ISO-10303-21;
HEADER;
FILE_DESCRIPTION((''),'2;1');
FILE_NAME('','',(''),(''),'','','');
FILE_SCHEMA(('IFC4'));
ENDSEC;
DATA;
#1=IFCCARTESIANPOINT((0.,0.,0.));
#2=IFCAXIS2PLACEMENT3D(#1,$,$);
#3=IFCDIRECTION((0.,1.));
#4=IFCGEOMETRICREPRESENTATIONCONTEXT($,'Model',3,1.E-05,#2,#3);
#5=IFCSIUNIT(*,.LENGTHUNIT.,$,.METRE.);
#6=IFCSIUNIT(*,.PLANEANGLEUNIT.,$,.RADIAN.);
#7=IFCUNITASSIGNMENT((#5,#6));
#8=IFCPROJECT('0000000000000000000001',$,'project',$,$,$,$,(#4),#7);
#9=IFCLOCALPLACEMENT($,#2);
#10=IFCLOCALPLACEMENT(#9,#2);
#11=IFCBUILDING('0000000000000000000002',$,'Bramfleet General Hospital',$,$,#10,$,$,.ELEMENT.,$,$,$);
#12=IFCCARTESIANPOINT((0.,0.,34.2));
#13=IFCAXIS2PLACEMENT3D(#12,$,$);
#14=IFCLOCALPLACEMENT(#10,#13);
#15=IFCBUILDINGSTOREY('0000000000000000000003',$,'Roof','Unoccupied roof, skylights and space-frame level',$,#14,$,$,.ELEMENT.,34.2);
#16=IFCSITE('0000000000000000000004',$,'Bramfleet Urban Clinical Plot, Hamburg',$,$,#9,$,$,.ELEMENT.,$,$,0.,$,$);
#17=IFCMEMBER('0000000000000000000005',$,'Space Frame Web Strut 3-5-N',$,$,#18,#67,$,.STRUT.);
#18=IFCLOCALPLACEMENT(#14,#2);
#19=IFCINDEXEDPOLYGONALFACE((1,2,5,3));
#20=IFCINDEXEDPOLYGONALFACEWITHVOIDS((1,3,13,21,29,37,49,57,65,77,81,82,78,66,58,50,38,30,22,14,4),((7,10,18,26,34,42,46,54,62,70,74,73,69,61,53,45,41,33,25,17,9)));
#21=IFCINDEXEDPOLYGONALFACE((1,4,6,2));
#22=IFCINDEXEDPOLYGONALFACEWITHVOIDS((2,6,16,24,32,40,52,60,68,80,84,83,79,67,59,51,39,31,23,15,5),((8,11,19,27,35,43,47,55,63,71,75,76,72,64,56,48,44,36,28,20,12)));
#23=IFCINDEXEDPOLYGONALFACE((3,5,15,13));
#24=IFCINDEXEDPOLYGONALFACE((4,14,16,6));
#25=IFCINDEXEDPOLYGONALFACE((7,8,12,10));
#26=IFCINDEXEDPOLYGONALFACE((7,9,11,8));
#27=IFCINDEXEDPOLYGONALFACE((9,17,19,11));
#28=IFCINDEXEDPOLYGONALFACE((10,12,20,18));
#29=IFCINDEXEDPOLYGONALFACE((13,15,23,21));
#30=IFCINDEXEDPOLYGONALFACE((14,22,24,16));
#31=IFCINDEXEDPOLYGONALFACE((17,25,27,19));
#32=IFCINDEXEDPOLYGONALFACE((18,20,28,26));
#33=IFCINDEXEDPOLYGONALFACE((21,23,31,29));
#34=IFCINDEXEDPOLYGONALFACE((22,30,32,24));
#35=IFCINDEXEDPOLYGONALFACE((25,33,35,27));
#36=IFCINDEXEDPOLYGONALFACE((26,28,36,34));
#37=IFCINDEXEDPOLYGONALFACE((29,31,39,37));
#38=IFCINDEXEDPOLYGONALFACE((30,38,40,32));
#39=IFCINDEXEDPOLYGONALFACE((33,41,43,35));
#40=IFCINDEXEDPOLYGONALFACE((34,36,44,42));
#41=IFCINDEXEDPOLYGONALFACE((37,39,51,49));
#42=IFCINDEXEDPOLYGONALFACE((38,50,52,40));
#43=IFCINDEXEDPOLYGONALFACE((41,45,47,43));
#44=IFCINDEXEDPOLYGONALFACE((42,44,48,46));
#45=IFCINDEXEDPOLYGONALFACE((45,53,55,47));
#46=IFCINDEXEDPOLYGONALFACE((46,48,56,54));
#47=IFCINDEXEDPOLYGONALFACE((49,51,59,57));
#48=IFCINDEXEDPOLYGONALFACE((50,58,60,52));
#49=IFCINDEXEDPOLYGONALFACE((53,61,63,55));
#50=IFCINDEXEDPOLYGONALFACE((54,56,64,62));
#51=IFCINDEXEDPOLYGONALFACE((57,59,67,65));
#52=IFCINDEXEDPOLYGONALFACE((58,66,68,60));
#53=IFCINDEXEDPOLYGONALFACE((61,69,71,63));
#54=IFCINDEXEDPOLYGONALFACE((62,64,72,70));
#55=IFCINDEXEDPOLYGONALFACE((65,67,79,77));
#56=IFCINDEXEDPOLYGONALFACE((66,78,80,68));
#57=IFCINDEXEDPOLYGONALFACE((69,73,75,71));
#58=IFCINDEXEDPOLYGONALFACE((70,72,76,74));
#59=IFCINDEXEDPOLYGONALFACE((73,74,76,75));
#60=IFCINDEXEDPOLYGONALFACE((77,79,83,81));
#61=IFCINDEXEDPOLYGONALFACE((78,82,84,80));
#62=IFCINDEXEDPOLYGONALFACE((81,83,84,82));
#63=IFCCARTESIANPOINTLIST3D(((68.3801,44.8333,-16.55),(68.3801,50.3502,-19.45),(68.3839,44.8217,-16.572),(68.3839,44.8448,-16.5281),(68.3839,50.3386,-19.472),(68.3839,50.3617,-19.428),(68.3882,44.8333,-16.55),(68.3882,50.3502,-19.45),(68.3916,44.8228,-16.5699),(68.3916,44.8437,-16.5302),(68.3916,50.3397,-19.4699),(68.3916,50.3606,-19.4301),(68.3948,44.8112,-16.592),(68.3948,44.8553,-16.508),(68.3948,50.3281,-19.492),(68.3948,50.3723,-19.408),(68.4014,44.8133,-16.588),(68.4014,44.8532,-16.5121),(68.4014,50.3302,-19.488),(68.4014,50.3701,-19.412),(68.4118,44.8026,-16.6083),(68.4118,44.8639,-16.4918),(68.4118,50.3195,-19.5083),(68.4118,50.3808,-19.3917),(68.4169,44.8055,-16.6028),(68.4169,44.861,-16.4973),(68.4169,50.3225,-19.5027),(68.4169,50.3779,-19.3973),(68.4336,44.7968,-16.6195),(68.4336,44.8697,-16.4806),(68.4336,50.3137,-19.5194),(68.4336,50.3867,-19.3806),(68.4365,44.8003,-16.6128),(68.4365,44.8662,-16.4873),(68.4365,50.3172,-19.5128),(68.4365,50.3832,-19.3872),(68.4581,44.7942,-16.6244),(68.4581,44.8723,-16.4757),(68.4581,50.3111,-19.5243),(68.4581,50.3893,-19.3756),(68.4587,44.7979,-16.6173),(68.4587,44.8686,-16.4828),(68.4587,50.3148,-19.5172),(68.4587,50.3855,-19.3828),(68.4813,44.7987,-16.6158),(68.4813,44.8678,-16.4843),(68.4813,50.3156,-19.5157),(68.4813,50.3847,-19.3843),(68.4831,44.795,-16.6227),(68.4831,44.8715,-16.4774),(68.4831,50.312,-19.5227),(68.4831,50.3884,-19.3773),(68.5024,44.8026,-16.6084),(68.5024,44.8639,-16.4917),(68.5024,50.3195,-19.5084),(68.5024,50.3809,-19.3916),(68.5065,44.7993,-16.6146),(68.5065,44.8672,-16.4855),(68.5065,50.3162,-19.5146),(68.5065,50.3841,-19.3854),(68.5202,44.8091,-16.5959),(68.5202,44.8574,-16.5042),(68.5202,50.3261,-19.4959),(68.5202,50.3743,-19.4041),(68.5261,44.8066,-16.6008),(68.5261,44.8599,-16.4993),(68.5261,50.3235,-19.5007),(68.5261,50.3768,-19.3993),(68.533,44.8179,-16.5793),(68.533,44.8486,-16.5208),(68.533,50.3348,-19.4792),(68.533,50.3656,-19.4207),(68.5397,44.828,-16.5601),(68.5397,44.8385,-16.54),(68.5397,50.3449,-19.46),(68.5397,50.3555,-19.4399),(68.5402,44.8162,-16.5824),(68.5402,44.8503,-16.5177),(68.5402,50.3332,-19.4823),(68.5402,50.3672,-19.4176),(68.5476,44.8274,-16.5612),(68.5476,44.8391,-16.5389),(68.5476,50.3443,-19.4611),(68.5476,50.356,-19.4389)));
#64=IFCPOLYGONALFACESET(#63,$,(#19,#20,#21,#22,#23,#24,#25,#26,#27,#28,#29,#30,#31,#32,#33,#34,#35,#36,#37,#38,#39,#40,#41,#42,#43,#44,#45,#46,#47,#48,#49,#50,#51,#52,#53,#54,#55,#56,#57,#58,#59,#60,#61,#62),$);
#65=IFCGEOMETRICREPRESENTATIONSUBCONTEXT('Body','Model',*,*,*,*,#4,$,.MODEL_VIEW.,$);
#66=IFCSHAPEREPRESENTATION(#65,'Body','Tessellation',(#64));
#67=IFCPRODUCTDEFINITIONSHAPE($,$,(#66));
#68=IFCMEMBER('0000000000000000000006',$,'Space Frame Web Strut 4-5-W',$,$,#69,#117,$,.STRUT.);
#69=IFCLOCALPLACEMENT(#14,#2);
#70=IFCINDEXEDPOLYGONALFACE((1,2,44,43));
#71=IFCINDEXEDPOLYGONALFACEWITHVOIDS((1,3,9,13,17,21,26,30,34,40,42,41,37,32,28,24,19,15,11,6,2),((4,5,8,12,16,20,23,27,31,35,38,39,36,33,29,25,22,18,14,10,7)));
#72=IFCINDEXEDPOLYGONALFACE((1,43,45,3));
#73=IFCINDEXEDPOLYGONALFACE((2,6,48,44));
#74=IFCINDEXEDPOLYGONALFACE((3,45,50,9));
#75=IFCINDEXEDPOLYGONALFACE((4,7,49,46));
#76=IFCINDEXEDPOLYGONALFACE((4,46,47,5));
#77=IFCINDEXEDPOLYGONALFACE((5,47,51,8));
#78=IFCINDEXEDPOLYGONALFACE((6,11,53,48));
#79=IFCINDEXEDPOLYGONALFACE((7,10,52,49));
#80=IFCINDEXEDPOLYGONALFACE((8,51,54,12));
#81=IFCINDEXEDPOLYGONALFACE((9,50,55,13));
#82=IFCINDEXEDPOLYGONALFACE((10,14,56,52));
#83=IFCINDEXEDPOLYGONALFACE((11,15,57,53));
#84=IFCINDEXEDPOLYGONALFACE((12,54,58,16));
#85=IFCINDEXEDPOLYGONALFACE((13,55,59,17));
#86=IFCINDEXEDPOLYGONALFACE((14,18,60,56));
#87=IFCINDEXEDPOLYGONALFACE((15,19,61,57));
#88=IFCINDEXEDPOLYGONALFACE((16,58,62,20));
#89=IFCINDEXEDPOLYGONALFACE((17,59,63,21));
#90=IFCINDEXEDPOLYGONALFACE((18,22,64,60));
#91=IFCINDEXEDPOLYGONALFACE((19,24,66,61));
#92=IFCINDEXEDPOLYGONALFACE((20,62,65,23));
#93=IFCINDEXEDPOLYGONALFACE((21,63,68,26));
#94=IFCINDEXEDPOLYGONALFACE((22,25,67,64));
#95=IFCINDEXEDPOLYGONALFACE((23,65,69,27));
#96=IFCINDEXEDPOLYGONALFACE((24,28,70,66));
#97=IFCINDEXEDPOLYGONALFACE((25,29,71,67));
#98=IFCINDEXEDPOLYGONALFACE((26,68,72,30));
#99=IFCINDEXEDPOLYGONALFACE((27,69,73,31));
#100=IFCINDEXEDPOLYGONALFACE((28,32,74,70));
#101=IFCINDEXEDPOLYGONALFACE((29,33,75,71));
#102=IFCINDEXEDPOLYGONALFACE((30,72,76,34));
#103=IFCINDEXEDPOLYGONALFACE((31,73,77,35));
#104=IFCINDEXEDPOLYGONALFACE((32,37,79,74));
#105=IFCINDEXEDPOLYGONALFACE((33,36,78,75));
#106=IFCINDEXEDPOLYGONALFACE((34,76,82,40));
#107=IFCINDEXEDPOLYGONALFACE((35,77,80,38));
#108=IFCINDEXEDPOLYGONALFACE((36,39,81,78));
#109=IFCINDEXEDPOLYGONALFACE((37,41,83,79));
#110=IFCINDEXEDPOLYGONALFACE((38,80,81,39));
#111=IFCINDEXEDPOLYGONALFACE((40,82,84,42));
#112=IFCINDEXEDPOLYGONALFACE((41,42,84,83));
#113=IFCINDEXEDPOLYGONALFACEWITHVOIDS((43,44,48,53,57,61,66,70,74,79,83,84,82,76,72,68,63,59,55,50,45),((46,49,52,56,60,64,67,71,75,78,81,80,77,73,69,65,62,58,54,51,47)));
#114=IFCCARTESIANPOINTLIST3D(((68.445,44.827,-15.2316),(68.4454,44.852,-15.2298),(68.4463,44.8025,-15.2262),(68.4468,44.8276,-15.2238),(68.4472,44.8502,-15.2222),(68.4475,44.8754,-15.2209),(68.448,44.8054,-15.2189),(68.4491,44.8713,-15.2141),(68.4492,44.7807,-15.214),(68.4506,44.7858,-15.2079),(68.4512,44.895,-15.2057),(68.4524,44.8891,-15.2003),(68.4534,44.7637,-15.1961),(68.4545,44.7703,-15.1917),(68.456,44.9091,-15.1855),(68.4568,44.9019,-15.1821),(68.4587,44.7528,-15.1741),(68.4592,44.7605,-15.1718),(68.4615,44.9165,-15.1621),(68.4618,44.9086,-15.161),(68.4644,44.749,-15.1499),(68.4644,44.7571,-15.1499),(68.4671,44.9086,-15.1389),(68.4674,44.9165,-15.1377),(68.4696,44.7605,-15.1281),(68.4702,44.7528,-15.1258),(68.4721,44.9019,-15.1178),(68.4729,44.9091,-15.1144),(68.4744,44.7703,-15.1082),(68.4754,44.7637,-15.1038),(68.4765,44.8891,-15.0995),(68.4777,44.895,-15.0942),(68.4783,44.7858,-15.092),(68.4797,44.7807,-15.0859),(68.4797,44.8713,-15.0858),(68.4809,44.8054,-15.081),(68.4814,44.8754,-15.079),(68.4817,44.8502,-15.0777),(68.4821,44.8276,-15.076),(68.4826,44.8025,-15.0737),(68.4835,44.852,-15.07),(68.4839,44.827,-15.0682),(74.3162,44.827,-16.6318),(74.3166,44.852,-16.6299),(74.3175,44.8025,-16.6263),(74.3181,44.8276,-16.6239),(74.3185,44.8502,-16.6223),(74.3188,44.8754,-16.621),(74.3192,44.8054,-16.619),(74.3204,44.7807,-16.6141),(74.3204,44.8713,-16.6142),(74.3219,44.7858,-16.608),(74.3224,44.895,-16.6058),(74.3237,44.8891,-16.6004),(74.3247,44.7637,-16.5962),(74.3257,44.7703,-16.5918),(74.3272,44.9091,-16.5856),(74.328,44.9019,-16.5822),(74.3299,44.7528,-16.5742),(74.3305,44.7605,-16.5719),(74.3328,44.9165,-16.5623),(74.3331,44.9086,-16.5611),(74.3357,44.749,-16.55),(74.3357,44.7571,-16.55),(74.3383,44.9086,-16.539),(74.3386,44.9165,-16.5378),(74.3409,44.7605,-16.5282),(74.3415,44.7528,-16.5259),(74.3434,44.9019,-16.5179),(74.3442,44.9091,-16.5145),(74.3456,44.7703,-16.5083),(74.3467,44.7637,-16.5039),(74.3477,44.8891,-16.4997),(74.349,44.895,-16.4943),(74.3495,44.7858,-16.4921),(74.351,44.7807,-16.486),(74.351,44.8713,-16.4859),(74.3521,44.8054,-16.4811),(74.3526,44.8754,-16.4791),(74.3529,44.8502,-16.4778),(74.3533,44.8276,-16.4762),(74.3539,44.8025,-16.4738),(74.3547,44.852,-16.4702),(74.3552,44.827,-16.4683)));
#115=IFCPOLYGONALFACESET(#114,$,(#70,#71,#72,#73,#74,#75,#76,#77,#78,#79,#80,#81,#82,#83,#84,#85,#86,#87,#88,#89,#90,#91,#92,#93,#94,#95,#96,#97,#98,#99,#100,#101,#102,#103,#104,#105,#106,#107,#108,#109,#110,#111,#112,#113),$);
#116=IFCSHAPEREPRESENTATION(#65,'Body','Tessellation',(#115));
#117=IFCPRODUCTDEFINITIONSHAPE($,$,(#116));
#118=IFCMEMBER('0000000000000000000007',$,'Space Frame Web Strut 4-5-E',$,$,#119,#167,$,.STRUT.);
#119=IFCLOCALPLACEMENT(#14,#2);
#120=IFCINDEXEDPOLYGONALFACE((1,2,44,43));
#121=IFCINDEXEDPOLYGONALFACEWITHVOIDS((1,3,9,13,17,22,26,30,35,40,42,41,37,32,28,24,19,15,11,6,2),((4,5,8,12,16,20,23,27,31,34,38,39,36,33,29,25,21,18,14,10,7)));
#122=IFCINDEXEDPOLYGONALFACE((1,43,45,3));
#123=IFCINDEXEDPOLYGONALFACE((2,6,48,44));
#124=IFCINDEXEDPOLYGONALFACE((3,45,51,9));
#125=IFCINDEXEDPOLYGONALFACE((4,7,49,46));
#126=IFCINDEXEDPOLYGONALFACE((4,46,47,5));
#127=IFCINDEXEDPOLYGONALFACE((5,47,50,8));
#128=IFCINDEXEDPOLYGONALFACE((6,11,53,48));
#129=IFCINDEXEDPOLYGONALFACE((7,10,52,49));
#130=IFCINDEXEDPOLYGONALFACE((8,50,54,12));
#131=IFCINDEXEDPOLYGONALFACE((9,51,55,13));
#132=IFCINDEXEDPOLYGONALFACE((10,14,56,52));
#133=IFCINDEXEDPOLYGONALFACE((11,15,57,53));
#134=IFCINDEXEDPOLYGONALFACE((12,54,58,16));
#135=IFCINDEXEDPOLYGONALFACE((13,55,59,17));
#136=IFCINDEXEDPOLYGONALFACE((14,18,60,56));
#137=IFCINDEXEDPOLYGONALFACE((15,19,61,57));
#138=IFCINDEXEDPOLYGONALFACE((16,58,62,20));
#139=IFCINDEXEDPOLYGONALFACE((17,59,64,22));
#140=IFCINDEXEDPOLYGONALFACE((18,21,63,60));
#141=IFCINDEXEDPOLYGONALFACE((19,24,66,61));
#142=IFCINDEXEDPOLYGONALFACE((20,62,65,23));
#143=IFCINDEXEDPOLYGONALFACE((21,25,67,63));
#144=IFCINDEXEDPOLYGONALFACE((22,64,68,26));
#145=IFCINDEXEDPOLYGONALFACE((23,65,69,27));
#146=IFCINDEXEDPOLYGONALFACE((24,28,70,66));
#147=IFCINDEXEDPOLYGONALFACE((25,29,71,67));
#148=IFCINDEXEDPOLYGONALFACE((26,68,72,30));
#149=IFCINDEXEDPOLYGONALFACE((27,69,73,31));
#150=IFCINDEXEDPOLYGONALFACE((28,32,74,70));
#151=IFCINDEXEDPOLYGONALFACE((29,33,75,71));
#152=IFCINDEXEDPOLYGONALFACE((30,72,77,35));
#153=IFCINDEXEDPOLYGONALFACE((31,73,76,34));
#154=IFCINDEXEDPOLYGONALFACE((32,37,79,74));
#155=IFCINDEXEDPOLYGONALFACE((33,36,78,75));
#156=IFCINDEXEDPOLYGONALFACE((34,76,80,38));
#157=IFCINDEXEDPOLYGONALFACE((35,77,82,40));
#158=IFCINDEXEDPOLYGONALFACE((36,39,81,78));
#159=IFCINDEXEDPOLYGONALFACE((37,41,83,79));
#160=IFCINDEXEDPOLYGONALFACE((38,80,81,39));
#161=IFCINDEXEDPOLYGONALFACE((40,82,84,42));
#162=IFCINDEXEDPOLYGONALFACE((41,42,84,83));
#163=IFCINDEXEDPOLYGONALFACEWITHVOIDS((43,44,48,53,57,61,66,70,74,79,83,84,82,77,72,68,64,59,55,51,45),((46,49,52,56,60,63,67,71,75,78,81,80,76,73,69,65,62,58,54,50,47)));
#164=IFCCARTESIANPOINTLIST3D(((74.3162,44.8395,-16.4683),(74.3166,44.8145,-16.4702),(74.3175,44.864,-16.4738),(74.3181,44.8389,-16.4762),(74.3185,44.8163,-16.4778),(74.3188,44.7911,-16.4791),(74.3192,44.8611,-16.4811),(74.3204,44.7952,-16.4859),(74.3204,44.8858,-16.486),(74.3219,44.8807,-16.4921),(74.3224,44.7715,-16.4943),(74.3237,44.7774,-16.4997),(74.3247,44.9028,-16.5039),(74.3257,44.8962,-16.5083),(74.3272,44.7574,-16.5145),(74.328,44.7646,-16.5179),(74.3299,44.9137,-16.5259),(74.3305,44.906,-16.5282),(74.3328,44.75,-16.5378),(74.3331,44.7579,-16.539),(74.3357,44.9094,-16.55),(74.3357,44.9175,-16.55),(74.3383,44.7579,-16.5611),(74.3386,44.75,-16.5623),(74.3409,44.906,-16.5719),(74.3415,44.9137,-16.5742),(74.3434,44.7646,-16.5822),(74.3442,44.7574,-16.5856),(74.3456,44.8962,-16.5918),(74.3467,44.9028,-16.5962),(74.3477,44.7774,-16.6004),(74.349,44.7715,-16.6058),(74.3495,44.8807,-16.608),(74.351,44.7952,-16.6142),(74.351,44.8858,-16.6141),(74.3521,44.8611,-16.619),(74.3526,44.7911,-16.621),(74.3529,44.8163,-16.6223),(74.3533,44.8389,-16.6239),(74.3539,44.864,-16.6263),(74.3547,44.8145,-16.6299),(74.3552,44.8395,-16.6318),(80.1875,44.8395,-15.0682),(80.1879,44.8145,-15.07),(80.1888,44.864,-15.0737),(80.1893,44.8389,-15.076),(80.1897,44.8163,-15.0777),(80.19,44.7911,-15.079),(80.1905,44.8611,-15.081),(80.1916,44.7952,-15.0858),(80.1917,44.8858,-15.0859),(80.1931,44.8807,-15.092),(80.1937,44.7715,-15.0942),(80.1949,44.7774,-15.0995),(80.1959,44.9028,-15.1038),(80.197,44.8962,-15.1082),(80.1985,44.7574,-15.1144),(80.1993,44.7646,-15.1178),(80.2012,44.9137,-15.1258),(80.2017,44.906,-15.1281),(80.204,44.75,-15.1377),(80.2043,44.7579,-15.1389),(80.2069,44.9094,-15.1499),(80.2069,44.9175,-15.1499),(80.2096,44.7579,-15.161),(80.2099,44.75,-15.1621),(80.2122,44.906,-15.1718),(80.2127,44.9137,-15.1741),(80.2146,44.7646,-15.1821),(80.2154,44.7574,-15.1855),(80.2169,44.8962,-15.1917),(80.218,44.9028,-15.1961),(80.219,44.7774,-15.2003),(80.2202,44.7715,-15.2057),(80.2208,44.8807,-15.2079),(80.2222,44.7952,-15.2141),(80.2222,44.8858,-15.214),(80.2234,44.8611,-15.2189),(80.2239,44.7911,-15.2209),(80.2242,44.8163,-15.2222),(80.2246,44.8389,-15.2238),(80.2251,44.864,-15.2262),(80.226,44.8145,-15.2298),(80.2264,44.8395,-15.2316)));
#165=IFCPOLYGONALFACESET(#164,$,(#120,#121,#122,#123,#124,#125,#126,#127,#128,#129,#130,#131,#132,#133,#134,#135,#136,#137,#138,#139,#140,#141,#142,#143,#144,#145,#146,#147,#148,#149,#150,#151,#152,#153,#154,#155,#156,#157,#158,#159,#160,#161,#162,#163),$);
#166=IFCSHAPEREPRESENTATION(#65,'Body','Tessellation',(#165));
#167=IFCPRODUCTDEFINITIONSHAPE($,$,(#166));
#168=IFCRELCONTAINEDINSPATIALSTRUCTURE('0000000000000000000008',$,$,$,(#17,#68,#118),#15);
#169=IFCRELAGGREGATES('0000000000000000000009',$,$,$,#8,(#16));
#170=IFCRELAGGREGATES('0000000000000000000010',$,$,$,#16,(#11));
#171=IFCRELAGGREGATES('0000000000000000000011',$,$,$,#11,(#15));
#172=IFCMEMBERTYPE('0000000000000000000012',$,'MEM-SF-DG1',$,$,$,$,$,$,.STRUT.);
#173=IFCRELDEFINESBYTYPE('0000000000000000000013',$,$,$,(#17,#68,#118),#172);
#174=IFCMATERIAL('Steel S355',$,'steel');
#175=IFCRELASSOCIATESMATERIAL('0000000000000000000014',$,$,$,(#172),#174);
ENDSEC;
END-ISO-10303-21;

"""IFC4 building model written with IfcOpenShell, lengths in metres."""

from ifc_helpers import new_model, si_unit, direction, frame, origin, origin_2d, place, context, subcontext, project, spatial, hollow_circle, extrude, material, material_profile, profile_set, type_object, element, save


model = new_model("IFC4")

# Units and contexts
model_context = context("Model", 3, precision=1e-05, world=origin(), true_north=direction((0.0, 1.0)))
body_context = subcontext(model_context, "Body", "Model", "MODEL_VIEW")
ifc_project = project(units=[si_unit("LENGTHUNIT", "METRE"), si_unit("PLANEANGLEUNIT", "RADIAN")], contexts=[model_context])

# Site, building, storey
site_placement = place(None, origin())
site = spatial("IfcSite", under=ifc_project, at=site_placement, Name="Bramfleet Urban Clinical Plot, Hamburg", CompositionType="ELEMENT", RefElevation=0.0)
building_placement = place(site_placement, origin())
building = spatial("IfcBuilding", under=site, at=building_placement, Name="Bramfleet General Hospital", CompositionType="ELEMENT")
storey_placement = place(building_placement, frame((0.0, 0.0, 34.2)))
storey = spatial("IfcBuildingStorey", under=building, at=storey_placement, Name="Roof", Description="Unoccupied roof, skylights and space-frame level", CompositionType="ELEMENT", Elevation=34.2)

# Members
ifc_material = material(Name="Steel S355", Category="steel")
ifc_material_profile_1 = material_profile(ifc_material, hollow_circle(Radius=0.0842, WallThickness=0.0081, at=origin_2d()), Name="CHS 168.3x8.0")
ifc_profile_set_1 = profile_set([ifc_material_profile_1], Name="Steel S355")
member_type_1 = type_object("IfcMemberType", Name="MEM-SF-DG1", PredefinedType="STRUT", material=ifc_profile_set_1)
member_1_placement = place(storey_placement, frame((68.4644, 44.8333, -16.55), z_axis=(0.0, 0.885163, -0.465281), x_axis=(-1.0, 0.0, 0.0)))
element("IfcMember", 1, at=member_1_placement, inside=storey, type_object=member_type_1, Name="Space Frame Web Strut 3-5-N", PredefinedType="STRUT", context=body_context, shape_type="SweptSolid", body=[
    extrude(hollow_circle(Radius=0.0842, WallThickness=0.0081, at=origin_2d()), origin(), (0.0, 0.0, 1.0), 6.2327),
])
for number, where, z_axis, x_axis, name in (
    (2, (74.3357, 44.8333, -16.55), (-0.972724, 0.0, 0.231967), (0.0, -1.0, 0.0), "Space Frame Web Strut 4-5-W"),
    (3, (74.3357, 44.8333, -16.55), (0.972724, 0.0, 0.231967), (0.0, 1.0, 0.0), "Space Frame Web Strut 4-5-E"),
):
    element("IfcMember", number, at=place(storey_placement, frame(where, z_axis=z_axis, x_axis=x_axis)), inside=storey, type_object=member_type_1, Name=name, PredefinedType="STRUT", context=body_context, shape_type="SweptSolid", body=[
        extrude(hollow_circle(Radius=0.0842, WallThickness=0.0081, at=origin_2d()), origin(), (0.0, 0.0, 1.0), 6.0359),
    ])

save(model, "model.ifc")
